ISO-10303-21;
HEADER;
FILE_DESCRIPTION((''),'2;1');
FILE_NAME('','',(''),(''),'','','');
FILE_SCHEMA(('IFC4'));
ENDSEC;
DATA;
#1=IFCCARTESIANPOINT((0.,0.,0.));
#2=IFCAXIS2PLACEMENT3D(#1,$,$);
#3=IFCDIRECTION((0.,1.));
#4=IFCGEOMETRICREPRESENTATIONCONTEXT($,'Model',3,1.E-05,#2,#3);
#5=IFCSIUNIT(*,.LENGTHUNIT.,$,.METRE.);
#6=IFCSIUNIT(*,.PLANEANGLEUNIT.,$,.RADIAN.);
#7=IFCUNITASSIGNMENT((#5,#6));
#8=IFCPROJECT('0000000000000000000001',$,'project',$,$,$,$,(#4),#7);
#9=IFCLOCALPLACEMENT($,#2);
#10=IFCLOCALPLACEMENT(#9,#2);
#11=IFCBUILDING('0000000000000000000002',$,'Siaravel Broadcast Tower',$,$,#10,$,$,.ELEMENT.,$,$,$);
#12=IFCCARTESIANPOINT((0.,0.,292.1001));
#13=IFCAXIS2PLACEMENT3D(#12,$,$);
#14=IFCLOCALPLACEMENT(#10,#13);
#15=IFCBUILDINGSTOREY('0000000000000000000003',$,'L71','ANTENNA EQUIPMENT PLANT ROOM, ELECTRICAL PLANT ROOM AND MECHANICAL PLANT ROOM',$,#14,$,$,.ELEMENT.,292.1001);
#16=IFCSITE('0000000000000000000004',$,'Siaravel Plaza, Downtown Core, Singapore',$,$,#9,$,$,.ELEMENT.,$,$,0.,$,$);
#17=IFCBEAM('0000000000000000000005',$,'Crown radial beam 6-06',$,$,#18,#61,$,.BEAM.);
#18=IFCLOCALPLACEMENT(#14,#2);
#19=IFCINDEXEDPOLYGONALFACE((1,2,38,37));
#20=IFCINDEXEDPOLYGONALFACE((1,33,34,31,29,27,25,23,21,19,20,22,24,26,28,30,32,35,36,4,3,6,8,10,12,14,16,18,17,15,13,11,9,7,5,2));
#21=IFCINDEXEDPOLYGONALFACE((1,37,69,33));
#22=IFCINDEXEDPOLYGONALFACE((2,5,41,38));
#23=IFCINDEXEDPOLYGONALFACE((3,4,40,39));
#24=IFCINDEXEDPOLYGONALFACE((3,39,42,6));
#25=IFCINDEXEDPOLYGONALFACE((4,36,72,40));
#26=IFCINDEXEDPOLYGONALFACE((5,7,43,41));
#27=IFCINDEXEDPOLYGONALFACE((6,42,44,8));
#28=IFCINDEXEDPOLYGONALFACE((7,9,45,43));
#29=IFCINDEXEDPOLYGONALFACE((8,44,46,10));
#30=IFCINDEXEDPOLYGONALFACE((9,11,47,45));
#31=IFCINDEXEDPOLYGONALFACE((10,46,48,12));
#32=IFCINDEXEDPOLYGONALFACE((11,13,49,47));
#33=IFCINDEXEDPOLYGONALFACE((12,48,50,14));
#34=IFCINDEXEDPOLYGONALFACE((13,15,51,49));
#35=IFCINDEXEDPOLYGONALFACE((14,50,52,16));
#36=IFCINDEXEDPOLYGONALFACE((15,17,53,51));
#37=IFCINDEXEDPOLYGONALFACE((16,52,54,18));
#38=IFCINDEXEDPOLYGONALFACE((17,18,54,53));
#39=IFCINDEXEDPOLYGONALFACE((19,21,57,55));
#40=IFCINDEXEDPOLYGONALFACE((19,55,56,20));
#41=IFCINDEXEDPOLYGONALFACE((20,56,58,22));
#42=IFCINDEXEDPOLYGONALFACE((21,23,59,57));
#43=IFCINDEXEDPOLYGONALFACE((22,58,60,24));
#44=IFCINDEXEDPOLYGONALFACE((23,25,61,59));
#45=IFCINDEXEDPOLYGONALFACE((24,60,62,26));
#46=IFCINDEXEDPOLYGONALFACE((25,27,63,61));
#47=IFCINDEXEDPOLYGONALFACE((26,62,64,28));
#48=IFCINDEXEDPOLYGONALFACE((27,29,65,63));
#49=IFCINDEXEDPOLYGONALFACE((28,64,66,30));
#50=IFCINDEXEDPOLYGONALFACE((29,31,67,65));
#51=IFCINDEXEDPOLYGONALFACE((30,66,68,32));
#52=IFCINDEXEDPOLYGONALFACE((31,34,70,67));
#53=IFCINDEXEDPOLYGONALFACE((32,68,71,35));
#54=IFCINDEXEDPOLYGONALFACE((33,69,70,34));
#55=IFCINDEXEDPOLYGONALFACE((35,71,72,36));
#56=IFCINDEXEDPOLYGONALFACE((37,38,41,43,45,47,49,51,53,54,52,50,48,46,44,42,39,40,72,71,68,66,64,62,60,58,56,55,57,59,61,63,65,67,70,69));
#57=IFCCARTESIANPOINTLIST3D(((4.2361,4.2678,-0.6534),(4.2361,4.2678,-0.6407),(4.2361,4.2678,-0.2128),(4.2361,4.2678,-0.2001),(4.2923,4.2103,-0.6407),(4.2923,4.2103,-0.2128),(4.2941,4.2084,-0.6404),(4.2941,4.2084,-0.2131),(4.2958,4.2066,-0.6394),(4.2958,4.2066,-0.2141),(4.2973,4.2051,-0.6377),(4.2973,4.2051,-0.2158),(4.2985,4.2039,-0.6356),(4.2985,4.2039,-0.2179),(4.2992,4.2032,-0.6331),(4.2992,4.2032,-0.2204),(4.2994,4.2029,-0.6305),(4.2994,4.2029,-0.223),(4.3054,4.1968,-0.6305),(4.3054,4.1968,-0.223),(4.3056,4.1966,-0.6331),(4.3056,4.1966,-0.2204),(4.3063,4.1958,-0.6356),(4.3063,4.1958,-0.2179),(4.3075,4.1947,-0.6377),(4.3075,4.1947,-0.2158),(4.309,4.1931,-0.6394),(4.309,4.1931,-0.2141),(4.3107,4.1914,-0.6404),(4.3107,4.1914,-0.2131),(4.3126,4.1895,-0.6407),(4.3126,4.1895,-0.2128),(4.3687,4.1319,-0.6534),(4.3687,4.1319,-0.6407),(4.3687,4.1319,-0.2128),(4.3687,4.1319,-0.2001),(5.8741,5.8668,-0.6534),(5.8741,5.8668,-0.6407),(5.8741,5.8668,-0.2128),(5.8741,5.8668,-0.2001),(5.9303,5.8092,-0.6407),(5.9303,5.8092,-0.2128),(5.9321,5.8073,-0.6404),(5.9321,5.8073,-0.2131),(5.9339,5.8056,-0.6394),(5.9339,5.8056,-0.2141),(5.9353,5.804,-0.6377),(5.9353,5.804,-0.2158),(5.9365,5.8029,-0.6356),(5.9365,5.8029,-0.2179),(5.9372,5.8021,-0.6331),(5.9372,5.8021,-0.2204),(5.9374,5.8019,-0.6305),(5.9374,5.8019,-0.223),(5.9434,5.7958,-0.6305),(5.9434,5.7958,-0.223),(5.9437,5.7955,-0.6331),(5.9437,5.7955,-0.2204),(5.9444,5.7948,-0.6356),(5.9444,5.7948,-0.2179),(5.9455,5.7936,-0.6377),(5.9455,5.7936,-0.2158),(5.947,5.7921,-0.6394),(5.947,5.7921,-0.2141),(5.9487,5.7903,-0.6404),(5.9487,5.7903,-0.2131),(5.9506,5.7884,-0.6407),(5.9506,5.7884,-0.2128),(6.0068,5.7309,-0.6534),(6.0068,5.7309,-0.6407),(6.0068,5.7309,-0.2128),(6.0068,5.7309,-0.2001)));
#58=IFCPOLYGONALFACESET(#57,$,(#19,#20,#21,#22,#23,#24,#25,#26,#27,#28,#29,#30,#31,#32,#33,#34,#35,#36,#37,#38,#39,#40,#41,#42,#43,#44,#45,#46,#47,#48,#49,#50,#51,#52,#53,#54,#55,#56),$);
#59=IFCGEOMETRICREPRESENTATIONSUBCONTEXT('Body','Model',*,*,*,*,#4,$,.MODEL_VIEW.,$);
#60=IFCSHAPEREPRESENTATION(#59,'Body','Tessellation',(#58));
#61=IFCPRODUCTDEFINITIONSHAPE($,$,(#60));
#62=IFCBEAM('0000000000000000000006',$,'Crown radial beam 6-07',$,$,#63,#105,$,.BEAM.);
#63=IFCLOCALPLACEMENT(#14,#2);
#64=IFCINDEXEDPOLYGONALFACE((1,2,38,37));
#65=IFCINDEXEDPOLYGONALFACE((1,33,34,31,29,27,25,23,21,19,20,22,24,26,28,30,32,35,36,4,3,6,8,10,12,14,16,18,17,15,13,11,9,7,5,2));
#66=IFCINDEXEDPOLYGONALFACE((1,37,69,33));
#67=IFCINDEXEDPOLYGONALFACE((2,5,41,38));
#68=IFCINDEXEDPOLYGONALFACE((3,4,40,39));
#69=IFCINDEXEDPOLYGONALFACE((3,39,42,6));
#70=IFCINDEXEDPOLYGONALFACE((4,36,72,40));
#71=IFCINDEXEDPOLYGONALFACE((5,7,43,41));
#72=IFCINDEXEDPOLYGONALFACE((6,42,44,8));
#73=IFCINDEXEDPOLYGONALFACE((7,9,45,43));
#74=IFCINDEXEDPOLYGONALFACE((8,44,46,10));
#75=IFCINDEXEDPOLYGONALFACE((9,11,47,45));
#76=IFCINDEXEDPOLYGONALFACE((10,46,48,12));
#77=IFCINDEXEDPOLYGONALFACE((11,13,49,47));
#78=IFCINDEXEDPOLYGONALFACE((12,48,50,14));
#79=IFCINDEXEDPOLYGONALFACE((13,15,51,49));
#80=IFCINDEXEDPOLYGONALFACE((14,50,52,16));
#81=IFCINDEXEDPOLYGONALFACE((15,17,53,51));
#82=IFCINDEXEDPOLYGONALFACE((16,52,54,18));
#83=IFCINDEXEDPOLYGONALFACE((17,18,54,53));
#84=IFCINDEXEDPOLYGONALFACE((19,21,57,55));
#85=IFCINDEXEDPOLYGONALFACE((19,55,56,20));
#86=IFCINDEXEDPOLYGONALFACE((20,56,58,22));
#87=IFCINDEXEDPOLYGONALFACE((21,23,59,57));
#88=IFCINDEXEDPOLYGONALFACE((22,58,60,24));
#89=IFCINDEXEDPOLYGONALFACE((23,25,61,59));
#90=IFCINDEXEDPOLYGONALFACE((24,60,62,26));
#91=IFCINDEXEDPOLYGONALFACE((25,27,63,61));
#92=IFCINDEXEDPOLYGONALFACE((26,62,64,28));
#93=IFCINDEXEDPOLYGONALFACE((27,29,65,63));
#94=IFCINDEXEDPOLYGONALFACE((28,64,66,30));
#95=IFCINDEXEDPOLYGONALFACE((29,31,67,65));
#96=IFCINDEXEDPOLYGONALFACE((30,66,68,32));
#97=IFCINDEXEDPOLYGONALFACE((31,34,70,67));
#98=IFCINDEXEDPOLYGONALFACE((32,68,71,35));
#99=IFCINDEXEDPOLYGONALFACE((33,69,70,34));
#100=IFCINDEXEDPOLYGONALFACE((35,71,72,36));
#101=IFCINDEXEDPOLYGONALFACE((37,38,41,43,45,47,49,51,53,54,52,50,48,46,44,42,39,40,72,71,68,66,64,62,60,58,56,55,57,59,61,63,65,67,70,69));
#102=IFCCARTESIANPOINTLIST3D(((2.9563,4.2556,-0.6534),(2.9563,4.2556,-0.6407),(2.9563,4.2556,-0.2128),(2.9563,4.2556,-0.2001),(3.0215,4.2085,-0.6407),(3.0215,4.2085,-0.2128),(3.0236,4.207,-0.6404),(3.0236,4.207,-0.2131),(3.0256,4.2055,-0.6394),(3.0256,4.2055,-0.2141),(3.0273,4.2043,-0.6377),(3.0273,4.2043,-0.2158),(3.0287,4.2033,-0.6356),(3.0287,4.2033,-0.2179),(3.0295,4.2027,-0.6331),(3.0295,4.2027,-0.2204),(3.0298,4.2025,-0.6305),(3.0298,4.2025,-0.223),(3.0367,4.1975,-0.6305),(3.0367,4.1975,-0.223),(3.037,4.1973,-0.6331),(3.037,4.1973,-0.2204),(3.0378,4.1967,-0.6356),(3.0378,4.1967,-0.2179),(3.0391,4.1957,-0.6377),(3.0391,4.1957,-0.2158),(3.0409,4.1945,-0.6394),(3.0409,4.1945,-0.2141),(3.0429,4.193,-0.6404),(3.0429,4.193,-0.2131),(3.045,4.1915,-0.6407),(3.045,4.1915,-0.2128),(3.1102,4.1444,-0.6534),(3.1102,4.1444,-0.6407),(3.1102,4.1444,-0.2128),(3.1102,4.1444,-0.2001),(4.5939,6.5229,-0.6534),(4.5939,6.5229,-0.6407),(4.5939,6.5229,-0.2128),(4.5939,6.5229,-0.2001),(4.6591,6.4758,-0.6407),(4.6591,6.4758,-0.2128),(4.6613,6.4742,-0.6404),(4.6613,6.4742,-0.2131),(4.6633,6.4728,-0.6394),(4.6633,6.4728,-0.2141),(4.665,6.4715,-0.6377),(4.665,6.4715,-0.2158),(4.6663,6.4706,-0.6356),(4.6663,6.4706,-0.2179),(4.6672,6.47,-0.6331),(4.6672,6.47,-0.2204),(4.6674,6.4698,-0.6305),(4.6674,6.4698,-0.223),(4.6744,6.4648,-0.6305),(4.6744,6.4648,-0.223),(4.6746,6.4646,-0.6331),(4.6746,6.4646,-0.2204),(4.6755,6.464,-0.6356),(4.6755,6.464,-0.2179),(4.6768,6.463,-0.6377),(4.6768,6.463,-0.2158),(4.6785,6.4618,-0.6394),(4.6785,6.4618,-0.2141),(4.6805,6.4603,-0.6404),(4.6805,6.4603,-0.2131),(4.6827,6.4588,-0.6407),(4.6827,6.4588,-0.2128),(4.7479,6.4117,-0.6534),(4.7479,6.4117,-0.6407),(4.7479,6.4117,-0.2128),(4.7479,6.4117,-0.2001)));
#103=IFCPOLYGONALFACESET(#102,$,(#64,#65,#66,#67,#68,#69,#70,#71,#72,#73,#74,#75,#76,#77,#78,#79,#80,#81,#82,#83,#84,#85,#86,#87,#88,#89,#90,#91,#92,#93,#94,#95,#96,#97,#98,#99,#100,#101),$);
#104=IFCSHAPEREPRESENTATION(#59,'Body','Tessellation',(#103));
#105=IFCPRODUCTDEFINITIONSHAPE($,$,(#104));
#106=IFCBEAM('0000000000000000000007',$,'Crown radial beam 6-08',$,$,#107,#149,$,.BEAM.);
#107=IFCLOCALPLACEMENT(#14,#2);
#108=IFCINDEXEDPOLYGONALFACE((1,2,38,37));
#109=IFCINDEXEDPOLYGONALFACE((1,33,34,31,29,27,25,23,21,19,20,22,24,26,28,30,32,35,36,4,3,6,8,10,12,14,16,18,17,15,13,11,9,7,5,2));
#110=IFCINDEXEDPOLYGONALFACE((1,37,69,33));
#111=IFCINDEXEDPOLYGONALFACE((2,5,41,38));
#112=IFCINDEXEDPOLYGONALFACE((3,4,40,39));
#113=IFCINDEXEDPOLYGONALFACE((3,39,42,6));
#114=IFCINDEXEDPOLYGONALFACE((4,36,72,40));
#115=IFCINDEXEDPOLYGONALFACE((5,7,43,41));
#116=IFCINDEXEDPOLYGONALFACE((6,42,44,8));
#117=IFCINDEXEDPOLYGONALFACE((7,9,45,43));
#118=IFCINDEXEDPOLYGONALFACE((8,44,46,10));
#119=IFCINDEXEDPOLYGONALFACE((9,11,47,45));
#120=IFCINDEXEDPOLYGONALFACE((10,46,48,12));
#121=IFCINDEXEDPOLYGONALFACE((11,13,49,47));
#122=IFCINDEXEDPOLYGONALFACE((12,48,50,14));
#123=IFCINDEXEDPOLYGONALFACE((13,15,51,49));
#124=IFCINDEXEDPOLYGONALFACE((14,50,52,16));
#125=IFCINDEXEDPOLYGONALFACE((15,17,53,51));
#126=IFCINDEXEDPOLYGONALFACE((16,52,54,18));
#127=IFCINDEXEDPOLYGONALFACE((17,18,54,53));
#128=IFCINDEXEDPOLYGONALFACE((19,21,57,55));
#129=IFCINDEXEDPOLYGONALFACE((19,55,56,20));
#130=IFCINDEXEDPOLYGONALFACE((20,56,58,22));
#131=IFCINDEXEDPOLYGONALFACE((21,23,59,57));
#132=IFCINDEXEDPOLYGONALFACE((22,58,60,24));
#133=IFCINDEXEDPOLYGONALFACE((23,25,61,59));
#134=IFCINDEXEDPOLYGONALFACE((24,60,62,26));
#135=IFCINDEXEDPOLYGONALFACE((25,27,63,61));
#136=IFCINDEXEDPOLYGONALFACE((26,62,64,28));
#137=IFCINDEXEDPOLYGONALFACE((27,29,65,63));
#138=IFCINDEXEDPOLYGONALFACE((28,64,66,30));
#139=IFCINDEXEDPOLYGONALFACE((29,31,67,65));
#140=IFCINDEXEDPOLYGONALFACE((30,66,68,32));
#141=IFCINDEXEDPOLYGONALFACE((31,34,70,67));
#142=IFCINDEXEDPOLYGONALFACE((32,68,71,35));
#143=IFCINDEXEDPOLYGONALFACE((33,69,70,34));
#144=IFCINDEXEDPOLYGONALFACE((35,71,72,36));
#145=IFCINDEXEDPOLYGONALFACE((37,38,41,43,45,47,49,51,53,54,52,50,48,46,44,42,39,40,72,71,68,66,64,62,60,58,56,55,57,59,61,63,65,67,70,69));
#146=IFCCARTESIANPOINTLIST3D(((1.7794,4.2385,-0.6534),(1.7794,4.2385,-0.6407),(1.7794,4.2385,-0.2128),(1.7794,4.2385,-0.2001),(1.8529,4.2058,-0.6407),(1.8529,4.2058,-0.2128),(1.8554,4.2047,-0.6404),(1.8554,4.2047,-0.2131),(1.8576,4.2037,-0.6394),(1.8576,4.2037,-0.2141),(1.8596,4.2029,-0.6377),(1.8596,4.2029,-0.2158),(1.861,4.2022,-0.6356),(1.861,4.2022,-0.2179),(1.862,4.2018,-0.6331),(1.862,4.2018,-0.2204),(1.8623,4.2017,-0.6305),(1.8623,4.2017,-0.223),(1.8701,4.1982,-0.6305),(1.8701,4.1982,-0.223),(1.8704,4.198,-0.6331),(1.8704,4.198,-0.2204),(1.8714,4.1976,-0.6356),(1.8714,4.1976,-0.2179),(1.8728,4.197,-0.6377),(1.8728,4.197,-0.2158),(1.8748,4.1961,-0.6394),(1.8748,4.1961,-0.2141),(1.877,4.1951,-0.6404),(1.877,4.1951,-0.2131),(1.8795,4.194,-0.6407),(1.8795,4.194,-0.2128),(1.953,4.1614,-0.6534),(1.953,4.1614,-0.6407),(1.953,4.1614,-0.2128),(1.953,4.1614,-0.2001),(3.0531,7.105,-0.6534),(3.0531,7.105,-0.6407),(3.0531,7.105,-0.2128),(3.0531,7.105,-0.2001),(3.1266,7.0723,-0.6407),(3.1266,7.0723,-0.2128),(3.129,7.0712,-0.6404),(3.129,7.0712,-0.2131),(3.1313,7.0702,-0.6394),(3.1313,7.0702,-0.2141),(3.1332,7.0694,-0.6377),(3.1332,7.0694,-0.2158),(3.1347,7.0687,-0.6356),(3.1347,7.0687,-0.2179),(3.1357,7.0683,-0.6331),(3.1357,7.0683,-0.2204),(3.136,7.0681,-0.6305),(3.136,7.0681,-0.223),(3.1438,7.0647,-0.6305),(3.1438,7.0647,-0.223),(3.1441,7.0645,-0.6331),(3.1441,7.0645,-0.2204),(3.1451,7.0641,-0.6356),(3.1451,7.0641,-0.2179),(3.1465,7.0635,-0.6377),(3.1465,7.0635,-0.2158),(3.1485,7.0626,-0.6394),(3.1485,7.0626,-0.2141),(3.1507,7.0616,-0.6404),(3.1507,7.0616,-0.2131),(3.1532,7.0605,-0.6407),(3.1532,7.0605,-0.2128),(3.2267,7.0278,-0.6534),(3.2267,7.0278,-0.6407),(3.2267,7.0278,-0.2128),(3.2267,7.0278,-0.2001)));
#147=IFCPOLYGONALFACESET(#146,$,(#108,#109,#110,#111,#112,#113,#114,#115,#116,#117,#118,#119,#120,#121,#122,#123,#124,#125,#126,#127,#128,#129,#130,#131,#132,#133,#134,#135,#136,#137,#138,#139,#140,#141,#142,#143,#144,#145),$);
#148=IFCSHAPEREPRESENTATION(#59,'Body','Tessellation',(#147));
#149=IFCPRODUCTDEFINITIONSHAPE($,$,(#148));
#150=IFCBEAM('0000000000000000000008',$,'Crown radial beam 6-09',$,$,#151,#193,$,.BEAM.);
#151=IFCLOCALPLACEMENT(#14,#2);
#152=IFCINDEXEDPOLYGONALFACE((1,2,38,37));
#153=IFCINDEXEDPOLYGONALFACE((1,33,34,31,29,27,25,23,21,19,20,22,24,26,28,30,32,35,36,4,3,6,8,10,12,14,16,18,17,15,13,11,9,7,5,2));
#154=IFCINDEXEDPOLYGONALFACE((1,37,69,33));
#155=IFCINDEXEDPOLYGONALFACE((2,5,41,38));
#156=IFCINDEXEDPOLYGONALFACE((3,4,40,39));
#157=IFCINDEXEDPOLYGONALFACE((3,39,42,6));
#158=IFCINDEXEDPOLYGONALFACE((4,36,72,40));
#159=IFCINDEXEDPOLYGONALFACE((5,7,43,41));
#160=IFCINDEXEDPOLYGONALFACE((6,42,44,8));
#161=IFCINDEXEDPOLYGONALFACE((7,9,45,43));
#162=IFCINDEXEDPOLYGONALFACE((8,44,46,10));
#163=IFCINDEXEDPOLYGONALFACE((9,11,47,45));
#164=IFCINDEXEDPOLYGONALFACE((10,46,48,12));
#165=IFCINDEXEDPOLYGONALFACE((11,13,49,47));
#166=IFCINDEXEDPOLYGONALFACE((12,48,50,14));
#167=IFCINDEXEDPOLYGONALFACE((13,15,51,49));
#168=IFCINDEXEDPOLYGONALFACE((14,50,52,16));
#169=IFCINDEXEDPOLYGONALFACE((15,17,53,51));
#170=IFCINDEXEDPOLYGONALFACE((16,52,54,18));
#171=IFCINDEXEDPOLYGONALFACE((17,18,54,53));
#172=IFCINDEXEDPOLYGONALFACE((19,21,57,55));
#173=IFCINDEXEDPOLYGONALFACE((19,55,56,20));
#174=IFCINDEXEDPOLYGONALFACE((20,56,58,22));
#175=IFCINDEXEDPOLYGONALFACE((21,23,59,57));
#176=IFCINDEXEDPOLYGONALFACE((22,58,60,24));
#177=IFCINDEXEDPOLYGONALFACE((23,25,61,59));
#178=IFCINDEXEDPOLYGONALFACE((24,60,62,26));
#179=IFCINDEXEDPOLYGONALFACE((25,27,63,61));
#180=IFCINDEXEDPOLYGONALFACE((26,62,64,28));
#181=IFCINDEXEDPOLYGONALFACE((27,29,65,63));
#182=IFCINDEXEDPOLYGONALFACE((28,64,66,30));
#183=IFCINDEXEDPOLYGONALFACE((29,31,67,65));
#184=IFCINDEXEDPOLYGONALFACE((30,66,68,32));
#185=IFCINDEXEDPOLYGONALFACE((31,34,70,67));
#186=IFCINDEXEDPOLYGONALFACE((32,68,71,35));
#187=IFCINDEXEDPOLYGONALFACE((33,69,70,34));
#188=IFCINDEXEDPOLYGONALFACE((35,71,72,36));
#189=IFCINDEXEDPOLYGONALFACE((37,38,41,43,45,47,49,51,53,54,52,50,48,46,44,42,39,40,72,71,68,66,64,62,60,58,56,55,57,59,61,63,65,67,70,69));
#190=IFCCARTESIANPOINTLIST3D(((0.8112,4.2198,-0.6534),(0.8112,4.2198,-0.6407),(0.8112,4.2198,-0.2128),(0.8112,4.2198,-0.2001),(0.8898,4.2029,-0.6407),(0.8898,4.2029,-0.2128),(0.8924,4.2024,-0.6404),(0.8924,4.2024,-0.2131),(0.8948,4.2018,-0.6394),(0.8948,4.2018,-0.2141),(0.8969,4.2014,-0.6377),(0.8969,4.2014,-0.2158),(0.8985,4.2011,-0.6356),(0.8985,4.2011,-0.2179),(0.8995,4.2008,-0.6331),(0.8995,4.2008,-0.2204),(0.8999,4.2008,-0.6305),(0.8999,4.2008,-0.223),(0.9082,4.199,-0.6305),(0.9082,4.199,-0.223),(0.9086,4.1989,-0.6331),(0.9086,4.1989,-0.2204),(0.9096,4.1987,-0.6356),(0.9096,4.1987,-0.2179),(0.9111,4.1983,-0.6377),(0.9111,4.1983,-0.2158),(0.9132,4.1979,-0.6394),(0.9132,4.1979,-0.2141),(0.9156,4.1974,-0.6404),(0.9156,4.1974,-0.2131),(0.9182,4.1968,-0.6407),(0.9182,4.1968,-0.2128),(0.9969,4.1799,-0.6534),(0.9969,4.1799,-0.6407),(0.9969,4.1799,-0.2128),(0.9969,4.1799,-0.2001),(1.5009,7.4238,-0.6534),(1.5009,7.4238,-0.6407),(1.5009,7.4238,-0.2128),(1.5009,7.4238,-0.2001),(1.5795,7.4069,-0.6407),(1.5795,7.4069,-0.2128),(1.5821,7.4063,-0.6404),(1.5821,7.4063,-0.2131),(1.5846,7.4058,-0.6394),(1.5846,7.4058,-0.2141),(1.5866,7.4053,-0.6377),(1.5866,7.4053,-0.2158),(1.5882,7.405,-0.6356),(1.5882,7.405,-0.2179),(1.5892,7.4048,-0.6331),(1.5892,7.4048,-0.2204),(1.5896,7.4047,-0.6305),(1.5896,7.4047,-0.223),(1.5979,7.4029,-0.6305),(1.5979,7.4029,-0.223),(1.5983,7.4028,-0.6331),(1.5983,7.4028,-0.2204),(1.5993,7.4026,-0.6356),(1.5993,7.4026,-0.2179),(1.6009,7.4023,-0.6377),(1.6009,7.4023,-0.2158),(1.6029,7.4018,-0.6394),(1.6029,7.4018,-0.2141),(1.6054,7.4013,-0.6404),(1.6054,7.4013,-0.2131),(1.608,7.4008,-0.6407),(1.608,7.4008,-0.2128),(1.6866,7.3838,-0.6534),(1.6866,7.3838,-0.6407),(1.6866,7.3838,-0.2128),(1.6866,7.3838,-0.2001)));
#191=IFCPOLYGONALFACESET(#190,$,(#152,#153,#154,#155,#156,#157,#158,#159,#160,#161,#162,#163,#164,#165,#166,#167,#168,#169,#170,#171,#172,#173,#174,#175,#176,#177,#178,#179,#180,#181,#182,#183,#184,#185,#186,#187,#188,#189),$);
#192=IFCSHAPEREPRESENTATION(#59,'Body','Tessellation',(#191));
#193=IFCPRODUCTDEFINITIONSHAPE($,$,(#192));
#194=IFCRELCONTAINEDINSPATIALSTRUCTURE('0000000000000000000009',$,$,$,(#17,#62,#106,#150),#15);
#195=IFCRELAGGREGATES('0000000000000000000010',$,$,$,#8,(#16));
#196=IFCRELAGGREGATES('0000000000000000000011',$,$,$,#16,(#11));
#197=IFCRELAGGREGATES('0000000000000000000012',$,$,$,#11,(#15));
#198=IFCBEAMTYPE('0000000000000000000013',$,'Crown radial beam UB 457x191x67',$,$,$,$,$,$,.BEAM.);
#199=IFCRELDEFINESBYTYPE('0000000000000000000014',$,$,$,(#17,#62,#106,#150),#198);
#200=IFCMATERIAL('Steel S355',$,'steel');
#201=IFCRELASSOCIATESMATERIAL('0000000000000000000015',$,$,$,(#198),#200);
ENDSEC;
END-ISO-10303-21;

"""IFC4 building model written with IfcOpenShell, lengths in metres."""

from ifc_helpers import new_model, si_unit, direction, frame, origin, origin_2d, place, context, subcontext, project, spatial, i_section, extrude, material, material_profile, profile_set, type_object, element, save


model = new_model("IFC4")

# Units and contexts
model_context = context("Model", 3, precision=1e-05, world=origin(), true_north=direction((0.0, 1.0)))
body_context = subcontext(model_context, "Body", "Model", "MODEL_VIEW")
ifc_project = project(units=[si_unit("LENGTHUNIT", "METRE"), si_unit("PLANEANGLEUNIT", "RADIAN")], contexts=[model_context])

# Site, building, storey
site_placement = place(None, origin())
site = spatial("IfcSite", under=ifc_project, at=site_placement, Name="Siaravel Plaza, Downtown Core, Singapore", CompositionType="ELEMENT", RefElevation=0.0)
building_placement = place(site_placement, origin())
building = spatial("IfcBuilding", under=site, at=building_placement, Name="Siaravel Broadcast Tower", CompositionType="ELEMENT")
storey_placement = place(building_placement, frame((0.0, 0.0, 292.1001)))
storey = spatial("IfcBuildingStorey", under=building, at=storey_placement, Name="L71", Description="ANTENNA EQUIPMENT PLANT ROOM, ELECTRICAL PLANT ROOM AND MECHANICAL PLANT ROOM", CompositionType="ELEMENT", Elevation=292.1001)

# Beams
ifc_material_1 = material(Name="Steel S355", Category="steel")
ifc_material_profile_1 = material_profile(ifc_material_1, i_section(OverallWidth=0.1899, OverallDepth=0.4534, WebThickness=0.0085, FlangeThickness=0.0127, FilletRadius=0.0103, at=origin_2d()))
ifc_profile_set_1 = profile_set([ifc_material_profile_1], Name="Steel S355")
beam_type_1 = type_object("IfcBeamType", Name="Crown radial beam UB 457x191x67", PredefinedType="BEAM", material=ifc_profile_set_1)
beam_1_placement = place(storey_placement, frame((5.9404, 5.7988, -0.4268), z_axis=(-0.715588, -0.698522, 0.0), x_axis=(0.698522, -0.715588, 0.0)))
element("IfcBeam", 1, at=beam_1_placement, inside=storey, type_object=beam_type_1, Name="Crown radial beam 6-06", PredefinedType="BEAM", context=body_context, shape_type="SweptSolid", body=[
    extrude(i_section(OverallWidth=0.1899, OverallDepth=0.4534, WebThickness=0.0085, FlangeThickness=0.0127, FilletRadius=0.0103, at=origin_2d()), origin(), (0.0, 0.0, 1.0), 2.2891),
])
beam_2_placement = place(storey_placement, frame((4.6709, 6.4673, -0.4268), z_axis=(-0.585532, -0.810649, 0.0), x_axis=(0.810649, -0.585532, 0.0)))
element("IfcBeam", 2, at=beam_2_placement, inside=storey, type_object=beam_type_1, Name="Crown radial beam 6-07", PredefinedType="BEAM", context=body_context, shape_type="SweptSolid", body=[
    extrude(i_section(OverallWidth=0.1899, OverallDepth=0.4534, WebThickness=0.0085, FlangeThickness=0.0127, FilletRadius=0.0103, at=origin_2d()), origin(), (0.0, 0.0, 1.0), 2.7969),
])
beam_3_placement = place(storey_placement, frame((3.1399, 7.0664, -0.4268), z_axis=(-0.406059, -0.913847, 0.0), x_axis=(0.913847, -0.406059, 0.0)))
element("IfcBeam", 3, at=beam_3_placement, inside=storey, type_object=beam_type_1, Name="Crown radial beam 6-08", PredefinedType="BEAM", context=body_context, shape_type="SweptSolid", body=[
    extrude(i_section(OverallWidth=0.1899, OverallDepth=0.4534, WebThickness=0.0085, FlangeThickness=0.0127, FilletRadius=0.0103, at=origin_2d()), origin(), (0.0, 0.0, 1.0), 3.1367),
])
beam_4_placement = place(storey_placement, frame((1.5938, 7.4038, -0.4268), z_axis=(-0.21045, -0.977605, 0.0), x_axis=(0.977605, -0.21045, 0.0)))
element("IfcBeam", 4, at=beam_4_placement, inside=storey, type_object=beam_type_1, Name="Crown radial beam 6-09", PredefinedType="BEAM", context=body_context, shape_type="SweptSolid", body=[
    extrude(i_section(OverallWidth=0.1899, OverallDepth=0.4534, WebThickness=0.0085, FlangeThickness=0.0127, FilletRadius=0.0103, at=origin_2d()), origin(), (0.0, 0.0, 1.0), 3.2773),
])

save(model, "model.ifc")
